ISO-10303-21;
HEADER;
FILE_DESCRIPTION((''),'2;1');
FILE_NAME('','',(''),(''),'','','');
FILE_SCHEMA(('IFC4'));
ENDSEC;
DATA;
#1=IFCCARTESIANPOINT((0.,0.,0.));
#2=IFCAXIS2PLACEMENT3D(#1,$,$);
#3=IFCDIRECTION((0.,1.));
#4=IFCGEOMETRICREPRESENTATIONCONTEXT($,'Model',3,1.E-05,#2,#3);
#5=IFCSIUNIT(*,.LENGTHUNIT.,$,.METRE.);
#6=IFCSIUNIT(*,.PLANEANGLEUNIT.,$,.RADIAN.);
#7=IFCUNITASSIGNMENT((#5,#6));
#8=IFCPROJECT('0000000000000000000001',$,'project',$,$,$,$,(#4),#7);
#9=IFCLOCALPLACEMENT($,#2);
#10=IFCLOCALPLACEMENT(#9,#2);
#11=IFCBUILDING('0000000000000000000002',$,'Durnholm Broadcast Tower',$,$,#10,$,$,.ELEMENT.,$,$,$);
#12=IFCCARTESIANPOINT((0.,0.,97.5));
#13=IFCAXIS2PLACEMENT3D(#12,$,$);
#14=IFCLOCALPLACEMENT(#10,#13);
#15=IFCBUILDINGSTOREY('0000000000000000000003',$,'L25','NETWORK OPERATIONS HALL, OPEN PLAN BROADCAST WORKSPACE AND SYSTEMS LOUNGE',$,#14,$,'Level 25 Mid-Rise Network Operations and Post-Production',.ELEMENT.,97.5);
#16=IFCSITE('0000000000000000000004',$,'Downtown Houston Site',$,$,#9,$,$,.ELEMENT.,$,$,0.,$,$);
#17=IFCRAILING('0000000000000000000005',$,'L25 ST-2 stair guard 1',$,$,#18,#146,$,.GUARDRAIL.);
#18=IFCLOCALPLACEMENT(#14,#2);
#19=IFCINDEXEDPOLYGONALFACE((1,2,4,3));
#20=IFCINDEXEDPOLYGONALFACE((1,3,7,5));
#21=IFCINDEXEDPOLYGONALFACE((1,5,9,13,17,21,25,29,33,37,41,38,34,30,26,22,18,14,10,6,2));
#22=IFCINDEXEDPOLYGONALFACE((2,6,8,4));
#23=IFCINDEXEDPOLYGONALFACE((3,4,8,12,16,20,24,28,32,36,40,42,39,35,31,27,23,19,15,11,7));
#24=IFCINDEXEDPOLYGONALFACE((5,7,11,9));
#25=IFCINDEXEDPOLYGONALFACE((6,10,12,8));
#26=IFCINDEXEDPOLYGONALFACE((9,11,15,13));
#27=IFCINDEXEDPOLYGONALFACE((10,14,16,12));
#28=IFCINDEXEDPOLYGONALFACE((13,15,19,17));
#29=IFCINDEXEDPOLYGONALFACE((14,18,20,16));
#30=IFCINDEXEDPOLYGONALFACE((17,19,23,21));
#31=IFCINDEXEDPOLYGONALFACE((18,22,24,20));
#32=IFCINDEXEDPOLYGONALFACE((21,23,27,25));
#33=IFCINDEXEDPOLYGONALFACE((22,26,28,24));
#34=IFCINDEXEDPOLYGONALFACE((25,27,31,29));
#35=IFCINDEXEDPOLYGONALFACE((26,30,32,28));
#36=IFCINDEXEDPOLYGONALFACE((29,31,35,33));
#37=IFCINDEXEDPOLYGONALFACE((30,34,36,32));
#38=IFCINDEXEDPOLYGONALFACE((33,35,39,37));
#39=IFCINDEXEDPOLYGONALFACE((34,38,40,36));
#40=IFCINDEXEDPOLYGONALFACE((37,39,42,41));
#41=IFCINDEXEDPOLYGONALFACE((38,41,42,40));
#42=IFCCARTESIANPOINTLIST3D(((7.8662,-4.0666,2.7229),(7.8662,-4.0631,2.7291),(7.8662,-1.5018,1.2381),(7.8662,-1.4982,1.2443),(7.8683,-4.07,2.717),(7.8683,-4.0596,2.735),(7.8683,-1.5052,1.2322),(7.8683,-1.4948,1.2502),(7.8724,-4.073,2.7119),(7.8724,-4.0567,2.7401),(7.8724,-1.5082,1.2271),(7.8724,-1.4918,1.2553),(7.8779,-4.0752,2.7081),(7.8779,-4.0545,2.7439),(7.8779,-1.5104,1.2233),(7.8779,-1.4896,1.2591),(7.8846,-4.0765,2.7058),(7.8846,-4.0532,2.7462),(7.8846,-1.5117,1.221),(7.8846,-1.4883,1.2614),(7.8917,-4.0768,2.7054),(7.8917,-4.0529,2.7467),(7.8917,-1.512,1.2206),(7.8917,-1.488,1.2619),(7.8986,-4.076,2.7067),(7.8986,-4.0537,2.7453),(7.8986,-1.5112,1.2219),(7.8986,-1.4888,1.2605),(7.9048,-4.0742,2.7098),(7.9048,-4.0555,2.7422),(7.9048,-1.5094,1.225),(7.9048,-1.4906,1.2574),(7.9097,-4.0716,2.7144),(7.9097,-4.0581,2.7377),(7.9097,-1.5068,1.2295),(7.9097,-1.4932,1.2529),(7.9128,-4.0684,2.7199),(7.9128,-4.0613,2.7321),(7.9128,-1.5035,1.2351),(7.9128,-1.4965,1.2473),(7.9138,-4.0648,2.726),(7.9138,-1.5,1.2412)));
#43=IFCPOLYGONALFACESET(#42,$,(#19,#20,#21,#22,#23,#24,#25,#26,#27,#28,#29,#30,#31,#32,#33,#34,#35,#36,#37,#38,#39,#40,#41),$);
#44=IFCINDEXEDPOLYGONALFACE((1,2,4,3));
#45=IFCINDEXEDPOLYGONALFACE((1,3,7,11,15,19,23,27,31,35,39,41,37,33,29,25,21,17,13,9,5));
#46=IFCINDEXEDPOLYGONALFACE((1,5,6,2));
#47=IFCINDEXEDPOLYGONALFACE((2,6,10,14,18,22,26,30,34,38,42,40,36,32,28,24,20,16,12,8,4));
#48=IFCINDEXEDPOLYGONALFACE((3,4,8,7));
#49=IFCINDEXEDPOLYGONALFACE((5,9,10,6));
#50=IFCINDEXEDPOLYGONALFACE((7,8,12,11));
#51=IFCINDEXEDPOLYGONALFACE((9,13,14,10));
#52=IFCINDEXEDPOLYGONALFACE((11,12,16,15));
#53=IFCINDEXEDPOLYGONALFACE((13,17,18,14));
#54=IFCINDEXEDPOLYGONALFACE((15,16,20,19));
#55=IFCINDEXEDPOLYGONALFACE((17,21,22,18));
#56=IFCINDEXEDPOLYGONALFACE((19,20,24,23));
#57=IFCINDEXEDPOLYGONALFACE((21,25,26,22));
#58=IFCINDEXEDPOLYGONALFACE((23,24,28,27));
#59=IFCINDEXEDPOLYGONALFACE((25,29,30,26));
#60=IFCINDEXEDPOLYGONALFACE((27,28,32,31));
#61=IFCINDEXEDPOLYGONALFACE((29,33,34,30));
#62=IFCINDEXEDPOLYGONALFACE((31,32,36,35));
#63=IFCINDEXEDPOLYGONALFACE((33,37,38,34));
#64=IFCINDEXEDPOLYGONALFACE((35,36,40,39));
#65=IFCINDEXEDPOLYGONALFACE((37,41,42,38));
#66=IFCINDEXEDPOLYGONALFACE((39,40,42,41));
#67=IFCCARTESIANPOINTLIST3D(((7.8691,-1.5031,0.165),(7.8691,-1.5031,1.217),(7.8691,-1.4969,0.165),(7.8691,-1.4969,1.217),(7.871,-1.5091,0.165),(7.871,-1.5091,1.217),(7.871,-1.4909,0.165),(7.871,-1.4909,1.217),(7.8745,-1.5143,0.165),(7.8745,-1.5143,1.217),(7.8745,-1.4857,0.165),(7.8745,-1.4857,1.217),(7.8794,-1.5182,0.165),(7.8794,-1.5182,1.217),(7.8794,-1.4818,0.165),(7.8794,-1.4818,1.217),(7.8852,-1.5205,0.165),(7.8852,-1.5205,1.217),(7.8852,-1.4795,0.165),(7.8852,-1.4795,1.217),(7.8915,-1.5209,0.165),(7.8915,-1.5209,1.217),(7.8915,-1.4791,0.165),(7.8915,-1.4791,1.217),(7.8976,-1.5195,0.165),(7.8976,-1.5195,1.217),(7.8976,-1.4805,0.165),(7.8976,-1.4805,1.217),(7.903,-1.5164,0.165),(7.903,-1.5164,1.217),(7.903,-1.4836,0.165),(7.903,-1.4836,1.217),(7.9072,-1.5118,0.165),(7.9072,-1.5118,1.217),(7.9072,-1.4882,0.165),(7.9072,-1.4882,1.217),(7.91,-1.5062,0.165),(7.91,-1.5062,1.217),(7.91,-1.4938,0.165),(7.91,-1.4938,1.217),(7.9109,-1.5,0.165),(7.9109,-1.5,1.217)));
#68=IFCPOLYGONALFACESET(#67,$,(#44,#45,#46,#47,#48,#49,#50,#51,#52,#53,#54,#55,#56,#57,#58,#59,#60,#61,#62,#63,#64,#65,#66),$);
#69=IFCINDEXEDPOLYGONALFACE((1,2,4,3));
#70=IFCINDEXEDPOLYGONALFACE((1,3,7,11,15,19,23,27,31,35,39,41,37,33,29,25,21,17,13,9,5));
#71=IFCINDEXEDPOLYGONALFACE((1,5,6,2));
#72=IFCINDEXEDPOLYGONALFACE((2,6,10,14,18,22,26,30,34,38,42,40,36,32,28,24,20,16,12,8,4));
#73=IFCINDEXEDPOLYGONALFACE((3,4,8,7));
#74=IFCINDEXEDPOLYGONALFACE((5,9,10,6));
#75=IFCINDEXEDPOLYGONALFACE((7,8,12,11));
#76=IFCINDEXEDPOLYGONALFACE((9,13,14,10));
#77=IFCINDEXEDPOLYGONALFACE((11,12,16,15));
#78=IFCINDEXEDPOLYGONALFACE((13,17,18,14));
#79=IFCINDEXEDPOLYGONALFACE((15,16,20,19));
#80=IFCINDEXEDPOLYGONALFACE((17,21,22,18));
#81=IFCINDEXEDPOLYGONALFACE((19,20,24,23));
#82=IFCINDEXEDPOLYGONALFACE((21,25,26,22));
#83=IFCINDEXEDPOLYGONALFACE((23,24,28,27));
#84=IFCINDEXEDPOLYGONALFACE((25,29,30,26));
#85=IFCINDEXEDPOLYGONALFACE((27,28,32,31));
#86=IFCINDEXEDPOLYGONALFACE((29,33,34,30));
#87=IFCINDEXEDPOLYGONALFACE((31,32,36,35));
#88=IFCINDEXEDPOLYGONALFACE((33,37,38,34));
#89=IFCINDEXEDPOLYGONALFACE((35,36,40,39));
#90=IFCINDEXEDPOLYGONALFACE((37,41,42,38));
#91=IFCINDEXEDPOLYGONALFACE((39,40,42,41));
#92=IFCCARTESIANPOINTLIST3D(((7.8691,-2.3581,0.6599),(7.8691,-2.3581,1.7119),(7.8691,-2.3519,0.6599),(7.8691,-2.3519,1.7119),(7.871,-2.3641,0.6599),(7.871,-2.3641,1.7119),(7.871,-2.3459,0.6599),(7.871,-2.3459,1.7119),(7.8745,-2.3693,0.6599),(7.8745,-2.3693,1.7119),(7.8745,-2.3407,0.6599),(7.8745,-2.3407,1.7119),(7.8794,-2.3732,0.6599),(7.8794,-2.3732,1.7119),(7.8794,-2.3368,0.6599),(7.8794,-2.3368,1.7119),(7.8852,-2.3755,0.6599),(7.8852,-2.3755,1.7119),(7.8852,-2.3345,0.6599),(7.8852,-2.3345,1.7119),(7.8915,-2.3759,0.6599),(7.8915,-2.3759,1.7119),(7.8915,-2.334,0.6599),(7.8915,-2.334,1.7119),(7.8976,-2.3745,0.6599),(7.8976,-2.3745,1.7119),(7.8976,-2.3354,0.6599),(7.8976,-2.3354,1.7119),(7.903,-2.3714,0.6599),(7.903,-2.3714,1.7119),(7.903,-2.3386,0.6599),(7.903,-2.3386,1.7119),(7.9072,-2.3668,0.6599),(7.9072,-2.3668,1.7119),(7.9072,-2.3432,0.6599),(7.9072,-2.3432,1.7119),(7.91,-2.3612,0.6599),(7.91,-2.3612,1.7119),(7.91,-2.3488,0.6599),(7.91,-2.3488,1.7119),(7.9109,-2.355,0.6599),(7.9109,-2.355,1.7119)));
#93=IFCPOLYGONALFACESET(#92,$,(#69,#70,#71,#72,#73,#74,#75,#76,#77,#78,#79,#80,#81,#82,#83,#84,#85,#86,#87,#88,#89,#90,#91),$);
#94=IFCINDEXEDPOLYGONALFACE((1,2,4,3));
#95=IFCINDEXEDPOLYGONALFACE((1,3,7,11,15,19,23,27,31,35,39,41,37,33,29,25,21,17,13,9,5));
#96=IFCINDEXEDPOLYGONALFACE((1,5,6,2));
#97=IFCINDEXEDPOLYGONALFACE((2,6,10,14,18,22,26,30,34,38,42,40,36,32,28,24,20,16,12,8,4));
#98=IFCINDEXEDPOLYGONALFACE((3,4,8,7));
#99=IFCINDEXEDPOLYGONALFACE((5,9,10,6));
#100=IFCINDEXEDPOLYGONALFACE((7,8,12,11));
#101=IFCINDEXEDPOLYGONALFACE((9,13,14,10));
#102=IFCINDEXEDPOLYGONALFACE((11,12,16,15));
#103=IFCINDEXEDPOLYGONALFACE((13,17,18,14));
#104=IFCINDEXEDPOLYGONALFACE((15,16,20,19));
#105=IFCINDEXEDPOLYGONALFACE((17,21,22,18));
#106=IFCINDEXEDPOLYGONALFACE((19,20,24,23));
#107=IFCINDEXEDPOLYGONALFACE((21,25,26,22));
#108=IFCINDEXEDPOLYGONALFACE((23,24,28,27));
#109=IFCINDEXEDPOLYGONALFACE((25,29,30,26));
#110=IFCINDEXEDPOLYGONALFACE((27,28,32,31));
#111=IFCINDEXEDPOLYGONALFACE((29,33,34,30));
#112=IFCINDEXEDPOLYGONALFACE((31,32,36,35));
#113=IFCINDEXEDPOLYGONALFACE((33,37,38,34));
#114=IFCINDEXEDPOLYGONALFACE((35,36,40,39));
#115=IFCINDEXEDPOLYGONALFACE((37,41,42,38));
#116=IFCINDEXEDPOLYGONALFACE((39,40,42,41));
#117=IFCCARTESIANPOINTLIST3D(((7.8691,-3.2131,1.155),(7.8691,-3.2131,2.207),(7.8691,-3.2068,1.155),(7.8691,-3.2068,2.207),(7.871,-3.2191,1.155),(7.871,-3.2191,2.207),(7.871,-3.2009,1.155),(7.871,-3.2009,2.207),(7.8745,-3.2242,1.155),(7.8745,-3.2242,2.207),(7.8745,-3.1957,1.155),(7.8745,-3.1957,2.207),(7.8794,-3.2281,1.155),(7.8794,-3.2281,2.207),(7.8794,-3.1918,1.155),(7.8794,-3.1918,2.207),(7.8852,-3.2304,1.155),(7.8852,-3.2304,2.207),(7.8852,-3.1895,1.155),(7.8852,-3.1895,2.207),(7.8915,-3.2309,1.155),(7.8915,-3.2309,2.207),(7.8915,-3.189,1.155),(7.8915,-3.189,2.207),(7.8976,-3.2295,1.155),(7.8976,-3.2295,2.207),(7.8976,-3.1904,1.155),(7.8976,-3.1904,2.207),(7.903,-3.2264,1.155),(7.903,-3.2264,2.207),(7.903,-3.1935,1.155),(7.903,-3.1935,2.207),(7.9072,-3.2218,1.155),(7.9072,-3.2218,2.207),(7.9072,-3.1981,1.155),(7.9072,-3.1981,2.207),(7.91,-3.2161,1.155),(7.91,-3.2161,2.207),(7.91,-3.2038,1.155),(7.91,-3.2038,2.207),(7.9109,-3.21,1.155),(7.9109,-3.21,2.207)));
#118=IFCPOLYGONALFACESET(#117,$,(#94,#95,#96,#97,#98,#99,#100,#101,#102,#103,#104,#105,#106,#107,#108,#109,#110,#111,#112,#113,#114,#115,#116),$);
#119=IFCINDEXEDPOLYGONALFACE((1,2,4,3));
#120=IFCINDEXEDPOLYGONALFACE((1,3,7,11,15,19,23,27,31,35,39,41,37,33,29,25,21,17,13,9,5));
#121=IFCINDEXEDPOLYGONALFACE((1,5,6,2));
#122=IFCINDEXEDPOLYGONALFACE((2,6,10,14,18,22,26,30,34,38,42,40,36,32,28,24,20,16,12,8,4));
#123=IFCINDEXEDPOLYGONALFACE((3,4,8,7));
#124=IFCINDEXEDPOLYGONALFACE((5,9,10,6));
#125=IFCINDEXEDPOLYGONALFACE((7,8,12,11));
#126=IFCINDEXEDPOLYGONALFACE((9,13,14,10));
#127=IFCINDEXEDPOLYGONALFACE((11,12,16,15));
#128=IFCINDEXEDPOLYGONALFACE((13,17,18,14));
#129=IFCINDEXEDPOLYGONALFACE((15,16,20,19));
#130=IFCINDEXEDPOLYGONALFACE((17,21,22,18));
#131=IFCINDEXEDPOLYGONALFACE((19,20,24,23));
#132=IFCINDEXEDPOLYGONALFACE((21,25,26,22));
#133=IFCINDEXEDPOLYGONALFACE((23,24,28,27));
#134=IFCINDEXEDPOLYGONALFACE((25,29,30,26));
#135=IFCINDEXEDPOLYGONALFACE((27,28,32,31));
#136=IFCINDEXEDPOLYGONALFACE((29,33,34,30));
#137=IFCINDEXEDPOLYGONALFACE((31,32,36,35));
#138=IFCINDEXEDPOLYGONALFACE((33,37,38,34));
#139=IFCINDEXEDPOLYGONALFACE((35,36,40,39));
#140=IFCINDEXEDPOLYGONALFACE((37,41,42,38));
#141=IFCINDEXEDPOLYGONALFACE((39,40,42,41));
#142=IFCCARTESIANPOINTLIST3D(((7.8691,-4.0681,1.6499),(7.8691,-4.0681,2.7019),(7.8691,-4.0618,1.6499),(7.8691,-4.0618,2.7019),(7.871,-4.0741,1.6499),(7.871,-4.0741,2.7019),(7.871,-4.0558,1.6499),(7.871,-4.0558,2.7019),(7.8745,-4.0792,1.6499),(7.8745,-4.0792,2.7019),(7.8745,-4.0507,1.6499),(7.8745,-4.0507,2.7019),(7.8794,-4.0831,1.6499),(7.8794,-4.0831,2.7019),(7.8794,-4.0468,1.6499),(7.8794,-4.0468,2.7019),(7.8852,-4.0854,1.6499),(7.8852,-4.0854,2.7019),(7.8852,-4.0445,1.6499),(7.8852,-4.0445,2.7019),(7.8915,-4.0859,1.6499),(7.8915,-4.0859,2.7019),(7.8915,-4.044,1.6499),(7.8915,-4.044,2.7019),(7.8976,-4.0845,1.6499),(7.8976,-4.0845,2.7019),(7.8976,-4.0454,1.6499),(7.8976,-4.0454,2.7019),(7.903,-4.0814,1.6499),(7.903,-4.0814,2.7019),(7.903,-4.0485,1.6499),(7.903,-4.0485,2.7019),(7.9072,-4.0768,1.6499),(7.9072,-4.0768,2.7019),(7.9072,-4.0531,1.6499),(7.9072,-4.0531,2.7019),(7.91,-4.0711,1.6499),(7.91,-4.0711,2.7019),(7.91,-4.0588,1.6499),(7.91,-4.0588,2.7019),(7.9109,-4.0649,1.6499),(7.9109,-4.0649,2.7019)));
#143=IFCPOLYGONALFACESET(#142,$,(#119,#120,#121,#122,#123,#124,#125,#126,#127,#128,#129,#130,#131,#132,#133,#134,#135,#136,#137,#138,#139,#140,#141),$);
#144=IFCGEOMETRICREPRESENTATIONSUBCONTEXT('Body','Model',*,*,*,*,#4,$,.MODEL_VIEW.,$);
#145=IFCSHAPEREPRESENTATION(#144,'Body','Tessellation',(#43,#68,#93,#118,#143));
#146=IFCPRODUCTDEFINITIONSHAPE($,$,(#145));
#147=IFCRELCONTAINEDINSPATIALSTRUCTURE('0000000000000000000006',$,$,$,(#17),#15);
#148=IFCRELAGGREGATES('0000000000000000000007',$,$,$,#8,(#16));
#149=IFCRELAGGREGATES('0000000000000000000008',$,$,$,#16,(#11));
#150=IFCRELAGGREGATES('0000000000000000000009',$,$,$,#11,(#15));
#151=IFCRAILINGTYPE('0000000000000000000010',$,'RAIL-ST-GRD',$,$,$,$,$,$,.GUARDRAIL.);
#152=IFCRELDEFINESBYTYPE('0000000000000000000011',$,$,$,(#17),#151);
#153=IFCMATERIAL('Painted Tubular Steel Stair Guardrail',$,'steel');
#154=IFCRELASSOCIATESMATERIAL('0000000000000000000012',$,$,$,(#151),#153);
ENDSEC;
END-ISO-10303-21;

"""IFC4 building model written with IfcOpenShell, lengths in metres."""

from ifc_helpers import new_model, si_unit, direction, frame, origin, origin_2d, place, context, subcontext, project, spatial, circle, extrude, material, type_object, element, save


model = new_model("IFC4")

# Units and contexts
model_context = context("Model", 3, precision=1e-05, world=origin(), true_north=direction((0.0, 1.0)))
body_context = subcontext(model_context, "Body", "Model", "MODEL_VIEW")
ifc_project = project(units=[si_unit("LENGTHUNIT", "METRE"), si_unit("PLANEANGLEUNIT", "RADIAN")], contexts=[model_context])

# Site, building, storey
site_placement = place(None, origin())
site = spatial("IfcSite", under=ifc_project, at=site_placement, Name="Downtown Houston Site", CompositionType="ELEMENT", RefElevation=0.0)
building_placement = place(site_placement, origin())
building = spatial("IfcBuilding", under=site, at=building_placement, Name="Durnholm Broadcast Tower", CompositionType="ELEMENT")
storey_placement = place(building_placement, frame((0.0, 0.0, 97.5)))
storey = spatial("IfcBuildingStorey", under=building, at=storey_placement, Name="L25", Description="NETWORK OPERATIONS HALL, OPEN PLAN BROADCAST WORKSPACE AND SYSTEMS LOUNGE", LongName="Level 25 Mid-Rise Network Operations and Post-Production", CompositionType="ELEMENT", Elevation=97.5)

# Railing
ifc_material_1 = material(Name="Painted Tubular Steel Stair Guardrail", Category="steel")
railing_type_1 = type_object("IfcRailingType", Name="RAIL-ST-GRD", PredefinedType="GUARDRAIL", material=ifc_material_1)
railing_1_placement = place(storey_placement, frame((7.8899, -1.5, 0.165)))
element("IfcRailing", 1, at=railing_1_placement, inside=storey, type_object=railing_type_1, Name="L25 ST-2 stair guard 1", PredefinedType="GUARDRAIL", context=body_context, shape_type="SweptSolid", body=[
    extrude(circle(Radius=0.0239, at=origin_2d()), frame((0.0, 0.0, 1.0762), z_axis=(0.0, -0.865441, 0.50101), x_axis=(1.0, 0.0, 0.0)), (0.0, 0.0, 1.0), 2.9636),
    extrude(circle(Radius=0.021, at=origin_2d()), origin(), (0.0, 0.0, 1.0), 1.052),
    extrude(circle(Radius=0.021, at=origin_2d()), frame((0.0, -0.855, 0.4949)), (0.0, 0.0, 1.0), 1.052),
    extrude(circle(Radius=0.021, at=origin_2d()), frame((0.0, -1.71, 0.99)), (0.0, 0.0, 1.0), 1.052),
    extrude(circle(Radius=0.021, at=origin_2d()), frame((0.0, -2.5649, 1.4849)), (0.0, 0.0, 1.0), 1.052),
])

save(model, "model.ifc")
